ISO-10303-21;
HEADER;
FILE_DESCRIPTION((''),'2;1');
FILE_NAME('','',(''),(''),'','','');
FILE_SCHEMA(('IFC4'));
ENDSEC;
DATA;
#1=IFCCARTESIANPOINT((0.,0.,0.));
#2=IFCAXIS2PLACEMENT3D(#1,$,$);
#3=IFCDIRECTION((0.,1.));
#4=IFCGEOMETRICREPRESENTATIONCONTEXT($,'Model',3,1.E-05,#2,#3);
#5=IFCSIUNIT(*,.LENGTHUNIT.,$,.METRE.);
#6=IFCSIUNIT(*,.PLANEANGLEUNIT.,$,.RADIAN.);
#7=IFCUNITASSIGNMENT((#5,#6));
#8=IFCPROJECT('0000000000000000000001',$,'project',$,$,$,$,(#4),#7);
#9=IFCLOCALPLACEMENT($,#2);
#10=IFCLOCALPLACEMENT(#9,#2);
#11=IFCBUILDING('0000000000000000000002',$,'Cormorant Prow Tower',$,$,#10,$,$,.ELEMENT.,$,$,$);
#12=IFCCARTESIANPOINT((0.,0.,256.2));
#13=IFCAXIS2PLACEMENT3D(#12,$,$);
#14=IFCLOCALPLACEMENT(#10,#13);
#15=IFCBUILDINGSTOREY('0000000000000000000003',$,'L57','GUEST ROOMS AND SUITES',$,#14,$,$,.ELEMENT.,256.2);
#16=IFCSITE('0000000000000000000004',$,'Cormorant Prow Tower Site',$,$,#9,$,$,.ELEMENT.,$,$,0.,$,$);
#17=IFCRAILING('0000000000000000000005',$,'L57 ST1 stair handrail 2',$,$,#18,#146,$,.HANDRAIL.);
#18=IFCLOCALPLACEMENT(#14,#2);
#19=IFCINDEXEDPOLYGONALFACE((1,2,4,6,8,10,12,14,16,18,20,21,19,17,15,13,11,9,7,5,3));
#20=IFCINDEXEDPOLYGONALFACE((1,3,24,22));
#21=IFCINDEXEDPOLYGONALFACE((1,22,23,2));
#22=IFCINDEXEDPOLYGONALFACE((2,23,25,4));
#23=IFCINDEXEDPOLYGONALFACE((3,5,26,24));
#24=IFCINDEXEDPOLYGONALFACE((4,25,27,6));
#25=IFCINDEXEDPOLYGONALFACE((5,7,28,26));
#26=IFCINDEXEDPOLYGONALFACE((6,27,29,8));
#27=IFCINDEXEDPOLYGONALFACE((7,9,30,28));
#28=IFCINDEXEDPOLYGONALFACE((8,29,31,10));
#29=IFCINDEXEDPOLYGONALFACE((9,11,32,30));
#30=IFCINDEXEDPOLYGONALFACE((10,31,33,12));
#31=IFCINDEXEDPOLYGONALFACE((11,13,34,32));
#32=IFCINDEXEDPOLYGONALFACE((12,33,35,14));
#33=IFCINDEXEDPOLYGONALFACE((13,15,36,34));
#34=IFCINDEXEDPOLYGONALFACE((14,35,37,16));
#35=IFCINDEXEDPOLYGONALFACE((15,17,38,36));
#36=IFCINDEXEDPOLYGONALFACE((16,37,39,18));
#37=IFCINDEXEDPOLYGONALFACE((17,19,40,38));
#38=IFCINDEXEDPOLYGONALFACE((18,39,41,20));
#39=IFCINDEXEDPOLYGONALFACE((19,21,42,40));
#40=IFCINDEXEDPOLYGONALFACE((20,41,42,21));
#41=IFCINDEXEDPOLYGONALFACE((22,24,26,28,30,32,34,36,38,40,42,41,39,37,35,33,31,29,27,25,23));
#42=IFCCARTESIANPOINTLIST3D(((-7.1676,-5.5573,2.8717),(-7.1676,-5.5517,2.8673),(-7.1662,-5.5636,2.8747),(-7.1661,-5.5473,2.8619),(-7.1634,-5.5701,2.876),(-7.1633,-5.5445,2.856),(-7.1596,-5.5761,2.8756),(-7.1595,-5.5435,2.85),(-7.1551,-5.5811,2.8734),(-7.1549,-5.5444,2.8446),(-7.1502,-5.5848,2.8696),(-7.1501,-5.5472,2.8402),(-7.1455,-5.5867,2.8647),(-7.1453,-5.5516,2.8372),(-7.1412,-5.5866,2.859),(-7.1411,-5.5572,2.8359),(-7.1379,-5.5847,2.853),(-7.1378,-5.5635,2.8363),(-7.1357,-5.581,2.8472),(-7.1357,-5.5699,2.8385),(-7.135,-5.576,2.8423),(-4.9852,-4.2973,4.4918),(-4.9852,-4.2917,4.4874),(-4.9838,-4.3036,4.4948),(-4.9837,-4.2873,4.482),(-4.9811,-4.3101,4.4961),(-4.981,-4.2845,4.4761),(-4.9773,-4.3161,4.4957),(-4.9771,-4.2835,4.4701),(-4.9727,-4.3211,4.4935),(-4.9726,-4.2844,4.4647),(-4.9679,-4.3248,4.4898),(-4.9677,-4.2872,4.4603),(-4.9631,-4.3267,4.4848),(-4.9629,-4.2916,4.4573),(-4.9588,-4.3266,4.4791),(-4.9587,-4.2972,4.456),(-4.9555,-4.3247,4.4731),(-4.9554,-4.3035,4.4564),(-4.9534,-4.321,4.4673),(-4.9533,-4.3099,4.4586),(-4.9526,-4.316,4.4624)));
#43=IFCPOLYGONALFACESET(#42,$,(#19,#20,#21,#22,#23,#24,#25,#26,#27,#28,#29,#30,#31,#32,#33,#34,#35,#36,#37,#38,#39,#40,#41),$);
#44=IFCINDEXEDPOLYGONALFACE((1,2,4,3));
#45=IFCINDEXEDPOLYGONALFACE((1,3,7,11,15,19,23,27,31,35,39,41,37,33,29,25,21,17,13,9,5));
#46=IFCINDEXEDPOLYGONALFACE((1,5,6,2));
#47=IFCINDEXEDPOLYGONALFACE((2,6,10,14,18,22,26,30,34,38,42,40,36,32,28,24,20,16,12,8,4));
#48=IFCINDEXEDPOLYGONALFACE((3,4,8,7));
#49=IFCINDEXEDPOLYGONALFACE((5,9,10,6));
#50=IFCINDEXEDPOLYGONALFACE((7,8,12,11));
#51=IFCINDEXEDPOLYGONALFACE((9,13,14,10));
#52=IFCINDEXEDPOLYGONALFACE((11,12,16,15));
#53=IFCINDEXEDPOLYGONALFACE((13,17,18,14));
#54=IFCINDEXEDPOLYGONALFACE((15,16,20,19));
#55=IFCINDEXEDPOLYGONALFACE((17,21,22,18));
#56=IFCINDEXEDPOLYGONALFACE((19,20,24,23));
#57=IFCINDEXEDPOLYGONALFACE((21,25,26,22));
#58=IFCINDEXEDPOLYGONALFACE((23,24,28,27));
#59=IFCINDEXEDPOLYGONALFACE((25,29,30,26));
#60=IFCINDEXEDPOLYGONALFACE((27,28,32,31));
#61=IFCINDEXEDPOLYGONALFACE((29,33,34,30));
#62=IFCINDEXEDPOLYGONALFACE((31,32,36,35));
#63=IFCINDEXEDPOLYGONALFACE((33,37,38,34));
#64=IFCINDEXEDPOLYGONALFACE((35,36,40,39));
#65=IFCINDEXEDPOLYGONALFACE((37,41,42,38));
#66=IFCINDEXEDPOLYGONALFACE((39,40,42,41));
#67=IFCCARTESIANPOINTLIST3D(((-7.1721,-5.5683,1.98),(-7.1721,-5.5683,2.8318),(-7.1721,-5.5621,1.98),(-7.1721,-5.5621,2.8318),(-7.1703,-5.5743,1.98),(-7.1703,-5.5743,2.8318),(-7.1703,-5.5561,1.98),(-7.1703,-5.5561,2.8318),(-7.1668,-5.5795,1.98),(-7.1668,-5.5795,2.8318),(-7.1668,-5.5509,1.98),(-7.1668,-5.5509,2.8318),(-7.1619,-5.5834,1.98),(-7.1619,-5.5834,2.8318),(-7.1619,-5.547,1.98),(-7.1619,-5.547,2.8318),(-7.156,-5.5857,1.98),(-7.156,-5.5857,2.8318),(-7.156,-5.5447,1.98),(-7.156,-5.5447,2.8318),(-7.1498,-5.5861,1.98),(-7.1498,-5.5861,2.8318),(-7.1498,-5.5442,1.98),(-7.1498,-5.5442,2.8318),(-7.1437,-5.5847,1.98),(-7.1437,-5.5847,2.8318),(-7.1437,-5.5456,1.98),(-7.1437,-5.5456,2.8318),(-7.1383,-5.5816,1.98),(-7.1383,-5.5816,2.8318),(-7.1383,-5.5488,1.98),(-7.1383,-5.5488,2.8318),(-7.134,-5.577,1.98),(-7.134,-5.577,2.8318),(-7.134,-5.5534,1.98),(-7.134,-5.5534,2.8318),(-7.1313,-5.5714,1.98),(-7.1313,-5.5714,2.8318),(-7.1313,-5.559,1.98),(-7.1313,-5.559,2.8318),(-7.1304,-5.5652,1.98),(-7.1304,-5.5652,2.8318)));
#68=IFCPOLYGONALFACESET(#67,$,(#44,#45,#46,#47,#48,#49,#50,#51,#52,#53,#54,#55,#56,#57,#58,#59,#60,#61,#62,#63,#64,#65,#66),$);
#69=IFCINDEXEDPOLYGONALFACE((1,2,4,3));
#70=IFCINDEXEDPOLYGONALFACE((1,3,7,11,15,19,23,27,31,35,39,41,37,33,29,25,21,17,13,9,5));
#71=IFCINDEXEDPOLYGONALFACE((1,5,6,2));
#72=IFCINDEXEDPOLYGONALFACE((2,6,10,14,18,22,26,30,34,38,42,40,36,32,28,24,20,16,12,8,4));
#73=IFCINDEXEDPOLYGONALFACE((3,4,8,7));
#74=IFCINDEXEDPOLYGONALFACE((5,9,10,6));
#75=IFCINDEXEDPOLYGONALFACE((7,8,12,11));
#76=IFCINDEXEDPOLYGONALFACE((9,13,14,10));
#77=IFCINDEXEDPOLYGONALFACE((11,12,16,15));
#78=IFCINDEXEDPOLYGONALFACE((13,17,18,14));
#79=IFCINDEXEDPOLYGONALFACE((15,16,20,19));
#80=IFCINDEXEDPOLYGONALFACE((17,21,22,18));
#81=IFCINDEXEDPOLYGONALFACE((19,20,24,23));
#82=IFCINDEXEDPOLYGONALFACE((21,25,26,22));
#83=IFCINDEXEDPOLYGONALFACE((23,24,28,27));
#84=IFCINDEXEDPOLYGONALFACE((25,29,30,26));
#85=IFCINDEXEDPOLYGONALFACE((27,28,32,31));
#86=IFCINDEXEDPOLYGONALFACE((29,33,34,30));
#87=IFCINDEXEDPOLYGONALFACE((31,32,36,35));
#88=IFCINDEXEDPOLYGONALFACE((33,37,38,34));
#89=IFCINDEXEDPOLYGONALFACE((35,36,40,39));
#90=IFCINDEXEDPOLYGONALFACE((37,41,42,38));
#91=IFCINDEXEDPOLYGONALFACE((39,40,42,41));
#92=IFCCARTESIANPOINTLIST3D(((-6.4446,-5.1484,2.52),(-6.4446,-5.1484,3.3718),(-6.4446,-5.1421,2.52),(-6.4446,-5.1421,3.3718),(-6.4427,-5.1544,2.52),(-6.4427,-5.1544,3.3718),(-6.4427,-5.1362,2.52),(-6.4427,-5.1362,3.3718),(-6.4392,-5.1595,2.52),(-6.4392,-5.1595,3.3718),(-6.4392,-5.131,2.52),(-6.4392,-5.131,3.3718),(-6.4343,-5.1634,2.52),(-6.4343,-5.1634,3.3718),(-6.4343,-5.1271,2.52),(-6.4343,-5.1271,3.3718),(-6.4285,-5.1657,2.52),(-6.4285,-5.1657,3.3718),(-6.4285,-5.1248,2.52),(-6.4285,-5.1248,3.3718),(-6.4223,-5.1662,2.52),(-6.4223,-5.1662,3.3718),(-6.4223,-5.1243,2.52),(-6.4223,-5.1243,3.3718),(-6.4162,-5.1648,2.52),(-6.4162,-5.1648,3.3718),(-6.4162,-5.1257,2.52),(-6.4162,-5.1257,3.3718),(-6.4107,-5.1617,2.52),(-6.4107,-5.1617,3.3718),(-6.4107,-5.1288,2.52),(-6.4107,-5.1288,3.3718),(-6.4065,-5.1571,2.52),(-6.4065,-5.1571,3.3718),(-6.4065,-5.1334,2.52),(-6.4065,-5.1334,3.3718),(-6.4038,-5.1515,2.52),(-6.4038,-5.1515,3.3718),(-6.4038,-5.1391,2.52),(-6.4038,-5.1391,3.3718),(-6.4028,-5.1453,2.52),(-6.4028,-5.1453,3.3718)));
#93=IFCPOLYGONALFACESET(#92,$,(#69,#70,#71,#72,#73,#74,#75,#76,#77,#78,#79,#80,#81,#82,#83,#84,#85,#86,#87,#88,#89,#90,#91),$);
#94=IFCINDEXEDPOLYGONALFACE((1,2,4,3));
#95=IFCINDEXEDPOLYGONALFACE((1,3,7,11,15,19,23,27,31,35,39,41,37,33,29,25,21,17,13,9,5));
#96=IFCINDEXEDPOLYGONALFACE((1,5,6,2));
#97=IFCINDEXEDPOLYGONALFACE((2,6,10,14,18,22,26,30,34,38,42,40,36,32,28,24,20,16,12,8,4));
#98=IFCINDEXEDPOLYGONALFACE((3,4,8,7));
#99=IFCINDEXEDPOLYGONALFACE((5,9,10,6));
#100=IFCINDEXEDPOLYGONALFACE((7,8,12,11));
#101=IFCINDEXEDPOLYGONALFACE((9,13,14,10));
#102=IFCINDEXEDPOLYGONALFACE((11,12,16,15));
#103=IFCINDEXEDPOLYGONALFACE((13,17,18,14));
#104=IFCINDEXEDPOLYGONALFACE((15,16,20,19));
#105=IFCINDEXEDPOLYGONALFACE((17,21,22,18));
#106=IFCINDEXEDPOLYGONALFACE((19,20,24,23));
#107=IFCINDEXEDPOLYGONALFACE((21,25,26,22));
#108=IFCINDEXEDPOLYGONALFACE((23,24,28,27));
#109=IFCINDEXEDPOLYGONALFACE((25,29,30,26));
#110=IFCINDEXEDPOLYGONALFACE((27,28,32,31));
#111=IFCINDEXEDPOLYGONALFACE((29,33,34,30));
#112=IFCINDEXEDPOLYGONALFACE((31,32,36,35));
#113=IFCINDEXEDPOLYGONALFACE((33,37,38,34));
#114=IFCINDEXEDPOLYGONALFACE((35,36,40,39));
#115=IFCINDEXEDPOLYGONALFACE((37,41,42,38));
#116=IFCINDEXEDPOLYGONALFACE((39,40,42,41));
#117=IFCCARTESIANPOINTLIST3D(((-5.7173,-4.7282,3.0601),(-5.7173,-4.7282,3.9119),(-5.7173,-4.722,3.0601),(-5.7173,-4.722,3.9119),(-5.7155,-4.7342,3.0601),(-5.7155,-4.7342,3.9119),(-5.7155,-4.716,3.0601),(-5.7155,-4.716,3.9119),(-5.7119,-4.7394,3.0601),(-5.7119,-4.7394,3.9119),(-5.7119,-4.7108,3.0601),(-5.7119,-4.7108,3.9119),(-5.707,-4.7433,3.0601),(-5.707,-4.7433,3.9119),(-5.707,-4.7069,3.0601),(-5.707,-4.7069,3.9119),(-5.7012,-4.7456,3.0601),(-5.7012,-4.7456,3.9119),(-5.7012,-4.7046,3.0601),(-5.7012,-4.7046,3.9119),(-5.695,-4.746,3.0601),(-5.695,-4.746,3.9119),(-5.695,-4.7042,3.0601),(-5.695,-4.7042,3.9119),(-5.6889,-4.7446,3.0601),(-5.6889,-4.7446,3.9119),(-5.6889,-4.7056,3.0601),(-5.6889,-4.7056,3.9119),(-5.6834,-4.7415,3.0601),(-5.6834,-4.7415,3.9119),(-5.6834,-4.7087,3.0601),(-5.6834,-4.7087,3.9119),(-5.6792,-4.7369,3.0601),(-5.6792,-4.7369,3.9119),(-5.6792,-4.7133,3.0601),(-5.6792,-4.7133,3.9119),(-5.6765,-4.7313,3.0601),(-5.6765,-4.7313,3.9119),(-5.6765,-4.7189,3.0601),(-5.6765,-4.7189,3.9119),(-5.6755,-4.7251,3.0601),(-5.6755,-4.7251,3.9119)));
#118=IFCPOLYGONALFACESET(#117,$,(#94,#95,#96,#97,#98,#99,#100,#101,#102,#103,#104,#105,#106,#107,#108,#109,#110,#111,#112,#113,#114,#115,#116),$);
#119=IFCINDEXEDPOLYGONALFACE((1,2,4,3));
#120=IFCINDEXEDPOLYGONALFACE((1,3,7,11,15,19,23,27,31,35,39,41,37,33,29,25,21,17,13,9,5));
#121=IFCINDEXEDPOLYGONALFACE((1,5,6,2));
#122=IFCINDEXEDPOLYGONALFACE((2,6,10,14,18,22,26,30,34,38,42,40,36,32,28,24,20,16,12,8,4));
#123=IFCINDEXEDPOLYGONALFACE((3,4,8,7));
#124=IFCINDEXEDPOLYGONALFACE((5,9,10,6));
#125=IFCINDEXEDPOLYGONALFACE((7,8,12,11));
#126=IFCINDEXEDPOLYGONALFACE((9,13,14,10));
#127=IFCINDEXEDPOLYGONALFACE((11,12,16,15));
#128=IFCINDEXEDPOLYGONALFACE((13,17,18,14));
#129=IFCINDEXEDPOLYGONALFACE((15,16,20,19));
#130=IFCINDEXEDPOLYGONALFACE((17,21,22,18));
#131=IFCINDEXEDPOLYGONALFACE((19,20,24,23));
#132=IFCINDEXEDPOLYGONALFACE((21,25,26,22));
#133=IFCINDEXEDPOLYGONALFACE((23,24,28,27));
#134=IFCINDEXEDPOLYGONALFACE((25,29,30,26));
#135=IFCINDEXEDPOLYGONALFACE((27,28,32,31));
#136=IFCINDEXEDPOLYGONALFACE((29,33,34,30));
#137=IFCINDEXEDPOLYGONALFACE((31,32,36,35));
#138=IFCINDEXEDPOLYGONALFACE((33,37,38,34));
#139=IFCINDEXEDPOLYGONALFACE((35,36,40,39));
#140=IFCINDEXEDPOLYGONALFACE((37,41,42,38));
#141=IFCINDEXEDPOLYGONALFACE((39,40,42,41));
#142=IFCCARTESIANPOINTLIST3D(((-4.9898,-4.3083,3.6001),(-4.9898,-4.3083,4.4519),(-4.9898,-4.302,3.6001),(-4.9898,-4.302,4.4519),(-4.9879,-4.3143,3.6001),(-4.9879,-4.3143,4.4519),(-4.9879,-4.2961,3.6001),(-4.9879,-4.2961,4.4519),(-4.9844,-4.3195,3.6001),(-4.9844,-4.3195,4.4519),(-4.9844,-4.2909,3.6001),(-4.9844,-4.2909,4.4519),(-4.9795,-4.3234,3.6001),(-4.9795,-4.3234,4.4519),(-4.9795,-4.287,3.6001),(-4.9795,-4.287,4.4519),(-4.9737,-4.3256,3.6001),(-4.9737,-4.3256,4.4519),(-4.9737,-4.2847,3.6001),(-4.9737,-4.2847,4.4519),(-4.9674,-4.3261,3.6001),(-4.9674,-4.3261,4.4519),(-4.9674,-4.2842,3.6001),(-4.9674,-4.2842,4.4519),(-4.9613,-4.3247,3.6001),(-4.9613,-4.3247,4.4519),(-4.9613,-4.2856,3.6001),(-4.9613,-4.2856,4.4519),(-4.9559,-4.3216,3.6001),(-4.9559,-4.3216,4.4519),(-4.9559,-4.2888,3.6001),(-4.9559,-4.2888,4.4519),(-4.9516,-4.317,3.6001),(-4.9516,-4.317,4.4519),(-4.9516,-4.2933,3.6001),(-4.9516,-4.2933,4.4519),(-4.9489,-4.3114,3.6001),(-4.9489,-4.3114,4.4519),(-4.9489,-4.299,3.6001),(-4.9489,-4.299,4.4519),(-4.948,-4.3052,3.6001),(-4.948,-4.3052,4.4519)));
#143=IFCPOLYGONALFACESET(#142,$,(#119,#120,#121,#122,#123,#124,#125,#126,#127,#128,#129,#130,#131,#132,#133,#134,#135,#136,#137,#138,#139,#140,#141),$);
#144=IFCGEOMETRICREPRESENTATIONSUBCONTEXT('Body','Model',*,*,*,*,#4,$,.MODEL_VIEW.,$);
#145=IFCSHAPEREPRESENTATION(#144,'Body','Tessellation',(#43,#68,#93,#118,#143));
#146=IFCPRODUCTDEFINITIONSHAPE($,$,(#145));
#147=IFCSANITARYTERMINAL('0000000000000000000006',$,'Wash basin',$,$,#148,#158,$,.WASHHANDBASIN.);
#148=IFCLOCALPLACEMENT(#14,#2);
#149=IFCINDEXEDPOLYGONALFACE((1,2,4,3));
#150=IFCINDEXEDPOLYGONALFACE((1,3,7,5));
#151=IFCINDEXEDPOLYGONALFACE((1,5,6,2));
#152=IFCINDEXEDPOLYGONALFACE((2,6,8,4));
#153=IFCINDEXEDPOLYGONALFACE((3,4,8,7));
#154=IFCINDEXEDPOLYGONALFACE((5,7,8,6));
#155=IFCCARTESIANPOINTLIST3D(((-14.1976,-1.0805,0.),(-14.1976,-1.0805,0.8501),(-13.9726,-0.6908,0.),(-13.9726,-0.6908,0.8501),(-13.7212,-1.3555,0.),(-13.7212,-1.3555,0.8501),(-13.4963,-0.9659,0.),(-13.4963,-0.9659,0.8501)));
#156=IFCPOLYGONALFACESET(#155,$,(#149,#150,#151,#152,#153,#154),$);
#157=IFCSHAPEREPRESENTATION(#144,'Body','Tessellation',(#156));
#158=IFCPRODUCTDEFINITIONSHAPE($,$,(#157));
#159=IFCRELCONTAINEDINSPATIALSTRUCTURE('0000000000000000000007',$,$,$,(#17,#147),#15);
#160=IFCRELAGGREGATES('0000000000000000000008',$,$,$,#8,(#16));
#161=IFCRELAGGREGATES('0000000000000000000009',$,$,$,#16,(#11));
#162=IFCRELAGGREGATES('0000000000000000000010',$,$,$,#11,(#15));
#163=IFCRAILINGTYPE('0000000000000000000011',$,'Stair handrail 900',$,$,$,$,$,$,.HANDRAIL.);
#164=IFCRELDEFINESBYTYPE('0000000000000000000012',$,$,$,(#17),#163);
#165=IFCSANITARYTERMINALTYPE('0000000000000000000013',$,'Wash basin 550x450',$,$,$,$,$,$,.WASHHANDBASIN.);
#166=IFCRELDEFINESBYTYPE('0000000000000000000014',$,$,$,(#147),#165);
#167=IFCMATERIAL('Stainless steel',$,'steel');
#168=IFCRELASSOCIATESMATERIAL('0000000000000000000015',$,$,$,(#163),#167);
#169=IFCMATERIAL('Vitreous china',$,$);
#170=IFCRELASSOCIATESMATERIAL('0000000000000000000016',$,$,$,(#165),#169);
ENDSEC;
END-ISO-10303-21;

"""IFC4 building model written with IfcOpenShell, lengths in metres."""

from ifc_helpers import new_model, si_unit, direction, frame, origin, origin_2d, place, context, subcontext, project, spatial, rectangle, circle, extrude, material, type_object, element, save


model = new_model("IFC4")

# Units and contexts
model_context = context("Model", 3, precision=1e-05, world=origin(), true_north=direction((0.0, 1.0)))
body_context = subcontext(model_context, "Body", "Model", "MODEL_VIEW")
ifc_project = project(units=[si_unit("LENGTHUNIT", "METRE"), si_unit("PLANEANGLEUNIT", "RADIAN")], contexts=[model_context])

# Site, building, storey
site_placement = place(None, origin())
site = spatial("IfcSite", under=ifc_project, at=site_placement, Name="Cormorant Prow Tower Site", CompositionType="ELEMENT", RefElevation=0.0)
building_placement = place(site_placement, origin())
building = spatial("IfcBuilding", under=site, at=building_placement, Name="Cormorant Prow Tower", CompositionType="ELEMENT")
storey_placement = place(building_placement, frame((0.0, 0.0, 256.2)))
storey = spatial("IfcBuildingStorey", under=building, at=storey_placement, Name="L57", Description="GUEST ROOMS AND SUITES", CompositionType="ELEMENT", Elevation=256.2)

# Railing
ifc_material_1 = material(Name="Stainless steel", Category="steel")
railing_type_1 = type_object("IfcRailingType", Name="Stair handrail 900", PredefinedType="HANDRAIL", material=ifc_material_1)
railing_1_placement = place(storey_placement, frame((-7.1514, -5.5652, 1.98)))
element("IfcRailing", 1, at=railing_1_placement, inside=storey, type_object=railing_type_1, Name="L57 ST1 stair handrail 2", PredefinedType="HANDRAIL", context=body_context, shape_type="SweptSolid", body=[
    extrude(circle(Radius=0.0239, at=origin_2d()), frame((0.0, 0.0, 0.876), z_axis=(0.728464, 0.420584, 0.540786), x_axis=(-0.500005, 0.866023, 0.0)), (0.0, 0.0, 1.0), 2.9958),
    extrude(circle(Radius=0.021, at=origin_2d()), origin(), (0.0, 0.0, 1.0), 0.8518),
    extrude(circle(Radius=0.021, at=origin_2d()), frame((0.7275, 0.4199, 0.54)), (0.0, 0.0, 1.0), 0.8518),
    extrude(circle(Radius=0.021, at=origin_2d()), frame((1.4548, 0.8401, 1.0801)), (0.0, 0.0, 1.0), 0.8518),
    extrude(circle(Radius=0.021, at=origin_2d()), frame((2.1824, 1.26, 1.6201)), (0.0, 0.0, 1.0), 0.8518),
])

# Sanitary terminal
ifc_material_2 = material(Name="Vitreous china")
sanitary_terminal_type = type_object("IfcSanitaryTerminalType", Name="Wash basin 550x450", PredefinedType="WASHHANDBASIN", material=ifc_material_2)
sanitary_terminal_placement = place(storey_placement, frame((-13.8469, -1.0232, 0.0), z_axis=(0.0, 0.0, 1.0), x_axis=(-0.866025, 0.5, 0.0)))
element("IfcSanitaryTerminal", 2, at=sanitary_terminal_placement, inside=storey, type_object=sanitary_terminal_type, Name="Wash basin", PredefinedType="WASHHANDBASIN", context=body_context, shape_type="SweptSolid", body=[
    extrude(rectangle(XDim=0.55, YDim=0.45, at=origin_2d()), origin(), (0.0, 0.0, 1.0), 0.8501),
])

save(model, "model.ifc")
